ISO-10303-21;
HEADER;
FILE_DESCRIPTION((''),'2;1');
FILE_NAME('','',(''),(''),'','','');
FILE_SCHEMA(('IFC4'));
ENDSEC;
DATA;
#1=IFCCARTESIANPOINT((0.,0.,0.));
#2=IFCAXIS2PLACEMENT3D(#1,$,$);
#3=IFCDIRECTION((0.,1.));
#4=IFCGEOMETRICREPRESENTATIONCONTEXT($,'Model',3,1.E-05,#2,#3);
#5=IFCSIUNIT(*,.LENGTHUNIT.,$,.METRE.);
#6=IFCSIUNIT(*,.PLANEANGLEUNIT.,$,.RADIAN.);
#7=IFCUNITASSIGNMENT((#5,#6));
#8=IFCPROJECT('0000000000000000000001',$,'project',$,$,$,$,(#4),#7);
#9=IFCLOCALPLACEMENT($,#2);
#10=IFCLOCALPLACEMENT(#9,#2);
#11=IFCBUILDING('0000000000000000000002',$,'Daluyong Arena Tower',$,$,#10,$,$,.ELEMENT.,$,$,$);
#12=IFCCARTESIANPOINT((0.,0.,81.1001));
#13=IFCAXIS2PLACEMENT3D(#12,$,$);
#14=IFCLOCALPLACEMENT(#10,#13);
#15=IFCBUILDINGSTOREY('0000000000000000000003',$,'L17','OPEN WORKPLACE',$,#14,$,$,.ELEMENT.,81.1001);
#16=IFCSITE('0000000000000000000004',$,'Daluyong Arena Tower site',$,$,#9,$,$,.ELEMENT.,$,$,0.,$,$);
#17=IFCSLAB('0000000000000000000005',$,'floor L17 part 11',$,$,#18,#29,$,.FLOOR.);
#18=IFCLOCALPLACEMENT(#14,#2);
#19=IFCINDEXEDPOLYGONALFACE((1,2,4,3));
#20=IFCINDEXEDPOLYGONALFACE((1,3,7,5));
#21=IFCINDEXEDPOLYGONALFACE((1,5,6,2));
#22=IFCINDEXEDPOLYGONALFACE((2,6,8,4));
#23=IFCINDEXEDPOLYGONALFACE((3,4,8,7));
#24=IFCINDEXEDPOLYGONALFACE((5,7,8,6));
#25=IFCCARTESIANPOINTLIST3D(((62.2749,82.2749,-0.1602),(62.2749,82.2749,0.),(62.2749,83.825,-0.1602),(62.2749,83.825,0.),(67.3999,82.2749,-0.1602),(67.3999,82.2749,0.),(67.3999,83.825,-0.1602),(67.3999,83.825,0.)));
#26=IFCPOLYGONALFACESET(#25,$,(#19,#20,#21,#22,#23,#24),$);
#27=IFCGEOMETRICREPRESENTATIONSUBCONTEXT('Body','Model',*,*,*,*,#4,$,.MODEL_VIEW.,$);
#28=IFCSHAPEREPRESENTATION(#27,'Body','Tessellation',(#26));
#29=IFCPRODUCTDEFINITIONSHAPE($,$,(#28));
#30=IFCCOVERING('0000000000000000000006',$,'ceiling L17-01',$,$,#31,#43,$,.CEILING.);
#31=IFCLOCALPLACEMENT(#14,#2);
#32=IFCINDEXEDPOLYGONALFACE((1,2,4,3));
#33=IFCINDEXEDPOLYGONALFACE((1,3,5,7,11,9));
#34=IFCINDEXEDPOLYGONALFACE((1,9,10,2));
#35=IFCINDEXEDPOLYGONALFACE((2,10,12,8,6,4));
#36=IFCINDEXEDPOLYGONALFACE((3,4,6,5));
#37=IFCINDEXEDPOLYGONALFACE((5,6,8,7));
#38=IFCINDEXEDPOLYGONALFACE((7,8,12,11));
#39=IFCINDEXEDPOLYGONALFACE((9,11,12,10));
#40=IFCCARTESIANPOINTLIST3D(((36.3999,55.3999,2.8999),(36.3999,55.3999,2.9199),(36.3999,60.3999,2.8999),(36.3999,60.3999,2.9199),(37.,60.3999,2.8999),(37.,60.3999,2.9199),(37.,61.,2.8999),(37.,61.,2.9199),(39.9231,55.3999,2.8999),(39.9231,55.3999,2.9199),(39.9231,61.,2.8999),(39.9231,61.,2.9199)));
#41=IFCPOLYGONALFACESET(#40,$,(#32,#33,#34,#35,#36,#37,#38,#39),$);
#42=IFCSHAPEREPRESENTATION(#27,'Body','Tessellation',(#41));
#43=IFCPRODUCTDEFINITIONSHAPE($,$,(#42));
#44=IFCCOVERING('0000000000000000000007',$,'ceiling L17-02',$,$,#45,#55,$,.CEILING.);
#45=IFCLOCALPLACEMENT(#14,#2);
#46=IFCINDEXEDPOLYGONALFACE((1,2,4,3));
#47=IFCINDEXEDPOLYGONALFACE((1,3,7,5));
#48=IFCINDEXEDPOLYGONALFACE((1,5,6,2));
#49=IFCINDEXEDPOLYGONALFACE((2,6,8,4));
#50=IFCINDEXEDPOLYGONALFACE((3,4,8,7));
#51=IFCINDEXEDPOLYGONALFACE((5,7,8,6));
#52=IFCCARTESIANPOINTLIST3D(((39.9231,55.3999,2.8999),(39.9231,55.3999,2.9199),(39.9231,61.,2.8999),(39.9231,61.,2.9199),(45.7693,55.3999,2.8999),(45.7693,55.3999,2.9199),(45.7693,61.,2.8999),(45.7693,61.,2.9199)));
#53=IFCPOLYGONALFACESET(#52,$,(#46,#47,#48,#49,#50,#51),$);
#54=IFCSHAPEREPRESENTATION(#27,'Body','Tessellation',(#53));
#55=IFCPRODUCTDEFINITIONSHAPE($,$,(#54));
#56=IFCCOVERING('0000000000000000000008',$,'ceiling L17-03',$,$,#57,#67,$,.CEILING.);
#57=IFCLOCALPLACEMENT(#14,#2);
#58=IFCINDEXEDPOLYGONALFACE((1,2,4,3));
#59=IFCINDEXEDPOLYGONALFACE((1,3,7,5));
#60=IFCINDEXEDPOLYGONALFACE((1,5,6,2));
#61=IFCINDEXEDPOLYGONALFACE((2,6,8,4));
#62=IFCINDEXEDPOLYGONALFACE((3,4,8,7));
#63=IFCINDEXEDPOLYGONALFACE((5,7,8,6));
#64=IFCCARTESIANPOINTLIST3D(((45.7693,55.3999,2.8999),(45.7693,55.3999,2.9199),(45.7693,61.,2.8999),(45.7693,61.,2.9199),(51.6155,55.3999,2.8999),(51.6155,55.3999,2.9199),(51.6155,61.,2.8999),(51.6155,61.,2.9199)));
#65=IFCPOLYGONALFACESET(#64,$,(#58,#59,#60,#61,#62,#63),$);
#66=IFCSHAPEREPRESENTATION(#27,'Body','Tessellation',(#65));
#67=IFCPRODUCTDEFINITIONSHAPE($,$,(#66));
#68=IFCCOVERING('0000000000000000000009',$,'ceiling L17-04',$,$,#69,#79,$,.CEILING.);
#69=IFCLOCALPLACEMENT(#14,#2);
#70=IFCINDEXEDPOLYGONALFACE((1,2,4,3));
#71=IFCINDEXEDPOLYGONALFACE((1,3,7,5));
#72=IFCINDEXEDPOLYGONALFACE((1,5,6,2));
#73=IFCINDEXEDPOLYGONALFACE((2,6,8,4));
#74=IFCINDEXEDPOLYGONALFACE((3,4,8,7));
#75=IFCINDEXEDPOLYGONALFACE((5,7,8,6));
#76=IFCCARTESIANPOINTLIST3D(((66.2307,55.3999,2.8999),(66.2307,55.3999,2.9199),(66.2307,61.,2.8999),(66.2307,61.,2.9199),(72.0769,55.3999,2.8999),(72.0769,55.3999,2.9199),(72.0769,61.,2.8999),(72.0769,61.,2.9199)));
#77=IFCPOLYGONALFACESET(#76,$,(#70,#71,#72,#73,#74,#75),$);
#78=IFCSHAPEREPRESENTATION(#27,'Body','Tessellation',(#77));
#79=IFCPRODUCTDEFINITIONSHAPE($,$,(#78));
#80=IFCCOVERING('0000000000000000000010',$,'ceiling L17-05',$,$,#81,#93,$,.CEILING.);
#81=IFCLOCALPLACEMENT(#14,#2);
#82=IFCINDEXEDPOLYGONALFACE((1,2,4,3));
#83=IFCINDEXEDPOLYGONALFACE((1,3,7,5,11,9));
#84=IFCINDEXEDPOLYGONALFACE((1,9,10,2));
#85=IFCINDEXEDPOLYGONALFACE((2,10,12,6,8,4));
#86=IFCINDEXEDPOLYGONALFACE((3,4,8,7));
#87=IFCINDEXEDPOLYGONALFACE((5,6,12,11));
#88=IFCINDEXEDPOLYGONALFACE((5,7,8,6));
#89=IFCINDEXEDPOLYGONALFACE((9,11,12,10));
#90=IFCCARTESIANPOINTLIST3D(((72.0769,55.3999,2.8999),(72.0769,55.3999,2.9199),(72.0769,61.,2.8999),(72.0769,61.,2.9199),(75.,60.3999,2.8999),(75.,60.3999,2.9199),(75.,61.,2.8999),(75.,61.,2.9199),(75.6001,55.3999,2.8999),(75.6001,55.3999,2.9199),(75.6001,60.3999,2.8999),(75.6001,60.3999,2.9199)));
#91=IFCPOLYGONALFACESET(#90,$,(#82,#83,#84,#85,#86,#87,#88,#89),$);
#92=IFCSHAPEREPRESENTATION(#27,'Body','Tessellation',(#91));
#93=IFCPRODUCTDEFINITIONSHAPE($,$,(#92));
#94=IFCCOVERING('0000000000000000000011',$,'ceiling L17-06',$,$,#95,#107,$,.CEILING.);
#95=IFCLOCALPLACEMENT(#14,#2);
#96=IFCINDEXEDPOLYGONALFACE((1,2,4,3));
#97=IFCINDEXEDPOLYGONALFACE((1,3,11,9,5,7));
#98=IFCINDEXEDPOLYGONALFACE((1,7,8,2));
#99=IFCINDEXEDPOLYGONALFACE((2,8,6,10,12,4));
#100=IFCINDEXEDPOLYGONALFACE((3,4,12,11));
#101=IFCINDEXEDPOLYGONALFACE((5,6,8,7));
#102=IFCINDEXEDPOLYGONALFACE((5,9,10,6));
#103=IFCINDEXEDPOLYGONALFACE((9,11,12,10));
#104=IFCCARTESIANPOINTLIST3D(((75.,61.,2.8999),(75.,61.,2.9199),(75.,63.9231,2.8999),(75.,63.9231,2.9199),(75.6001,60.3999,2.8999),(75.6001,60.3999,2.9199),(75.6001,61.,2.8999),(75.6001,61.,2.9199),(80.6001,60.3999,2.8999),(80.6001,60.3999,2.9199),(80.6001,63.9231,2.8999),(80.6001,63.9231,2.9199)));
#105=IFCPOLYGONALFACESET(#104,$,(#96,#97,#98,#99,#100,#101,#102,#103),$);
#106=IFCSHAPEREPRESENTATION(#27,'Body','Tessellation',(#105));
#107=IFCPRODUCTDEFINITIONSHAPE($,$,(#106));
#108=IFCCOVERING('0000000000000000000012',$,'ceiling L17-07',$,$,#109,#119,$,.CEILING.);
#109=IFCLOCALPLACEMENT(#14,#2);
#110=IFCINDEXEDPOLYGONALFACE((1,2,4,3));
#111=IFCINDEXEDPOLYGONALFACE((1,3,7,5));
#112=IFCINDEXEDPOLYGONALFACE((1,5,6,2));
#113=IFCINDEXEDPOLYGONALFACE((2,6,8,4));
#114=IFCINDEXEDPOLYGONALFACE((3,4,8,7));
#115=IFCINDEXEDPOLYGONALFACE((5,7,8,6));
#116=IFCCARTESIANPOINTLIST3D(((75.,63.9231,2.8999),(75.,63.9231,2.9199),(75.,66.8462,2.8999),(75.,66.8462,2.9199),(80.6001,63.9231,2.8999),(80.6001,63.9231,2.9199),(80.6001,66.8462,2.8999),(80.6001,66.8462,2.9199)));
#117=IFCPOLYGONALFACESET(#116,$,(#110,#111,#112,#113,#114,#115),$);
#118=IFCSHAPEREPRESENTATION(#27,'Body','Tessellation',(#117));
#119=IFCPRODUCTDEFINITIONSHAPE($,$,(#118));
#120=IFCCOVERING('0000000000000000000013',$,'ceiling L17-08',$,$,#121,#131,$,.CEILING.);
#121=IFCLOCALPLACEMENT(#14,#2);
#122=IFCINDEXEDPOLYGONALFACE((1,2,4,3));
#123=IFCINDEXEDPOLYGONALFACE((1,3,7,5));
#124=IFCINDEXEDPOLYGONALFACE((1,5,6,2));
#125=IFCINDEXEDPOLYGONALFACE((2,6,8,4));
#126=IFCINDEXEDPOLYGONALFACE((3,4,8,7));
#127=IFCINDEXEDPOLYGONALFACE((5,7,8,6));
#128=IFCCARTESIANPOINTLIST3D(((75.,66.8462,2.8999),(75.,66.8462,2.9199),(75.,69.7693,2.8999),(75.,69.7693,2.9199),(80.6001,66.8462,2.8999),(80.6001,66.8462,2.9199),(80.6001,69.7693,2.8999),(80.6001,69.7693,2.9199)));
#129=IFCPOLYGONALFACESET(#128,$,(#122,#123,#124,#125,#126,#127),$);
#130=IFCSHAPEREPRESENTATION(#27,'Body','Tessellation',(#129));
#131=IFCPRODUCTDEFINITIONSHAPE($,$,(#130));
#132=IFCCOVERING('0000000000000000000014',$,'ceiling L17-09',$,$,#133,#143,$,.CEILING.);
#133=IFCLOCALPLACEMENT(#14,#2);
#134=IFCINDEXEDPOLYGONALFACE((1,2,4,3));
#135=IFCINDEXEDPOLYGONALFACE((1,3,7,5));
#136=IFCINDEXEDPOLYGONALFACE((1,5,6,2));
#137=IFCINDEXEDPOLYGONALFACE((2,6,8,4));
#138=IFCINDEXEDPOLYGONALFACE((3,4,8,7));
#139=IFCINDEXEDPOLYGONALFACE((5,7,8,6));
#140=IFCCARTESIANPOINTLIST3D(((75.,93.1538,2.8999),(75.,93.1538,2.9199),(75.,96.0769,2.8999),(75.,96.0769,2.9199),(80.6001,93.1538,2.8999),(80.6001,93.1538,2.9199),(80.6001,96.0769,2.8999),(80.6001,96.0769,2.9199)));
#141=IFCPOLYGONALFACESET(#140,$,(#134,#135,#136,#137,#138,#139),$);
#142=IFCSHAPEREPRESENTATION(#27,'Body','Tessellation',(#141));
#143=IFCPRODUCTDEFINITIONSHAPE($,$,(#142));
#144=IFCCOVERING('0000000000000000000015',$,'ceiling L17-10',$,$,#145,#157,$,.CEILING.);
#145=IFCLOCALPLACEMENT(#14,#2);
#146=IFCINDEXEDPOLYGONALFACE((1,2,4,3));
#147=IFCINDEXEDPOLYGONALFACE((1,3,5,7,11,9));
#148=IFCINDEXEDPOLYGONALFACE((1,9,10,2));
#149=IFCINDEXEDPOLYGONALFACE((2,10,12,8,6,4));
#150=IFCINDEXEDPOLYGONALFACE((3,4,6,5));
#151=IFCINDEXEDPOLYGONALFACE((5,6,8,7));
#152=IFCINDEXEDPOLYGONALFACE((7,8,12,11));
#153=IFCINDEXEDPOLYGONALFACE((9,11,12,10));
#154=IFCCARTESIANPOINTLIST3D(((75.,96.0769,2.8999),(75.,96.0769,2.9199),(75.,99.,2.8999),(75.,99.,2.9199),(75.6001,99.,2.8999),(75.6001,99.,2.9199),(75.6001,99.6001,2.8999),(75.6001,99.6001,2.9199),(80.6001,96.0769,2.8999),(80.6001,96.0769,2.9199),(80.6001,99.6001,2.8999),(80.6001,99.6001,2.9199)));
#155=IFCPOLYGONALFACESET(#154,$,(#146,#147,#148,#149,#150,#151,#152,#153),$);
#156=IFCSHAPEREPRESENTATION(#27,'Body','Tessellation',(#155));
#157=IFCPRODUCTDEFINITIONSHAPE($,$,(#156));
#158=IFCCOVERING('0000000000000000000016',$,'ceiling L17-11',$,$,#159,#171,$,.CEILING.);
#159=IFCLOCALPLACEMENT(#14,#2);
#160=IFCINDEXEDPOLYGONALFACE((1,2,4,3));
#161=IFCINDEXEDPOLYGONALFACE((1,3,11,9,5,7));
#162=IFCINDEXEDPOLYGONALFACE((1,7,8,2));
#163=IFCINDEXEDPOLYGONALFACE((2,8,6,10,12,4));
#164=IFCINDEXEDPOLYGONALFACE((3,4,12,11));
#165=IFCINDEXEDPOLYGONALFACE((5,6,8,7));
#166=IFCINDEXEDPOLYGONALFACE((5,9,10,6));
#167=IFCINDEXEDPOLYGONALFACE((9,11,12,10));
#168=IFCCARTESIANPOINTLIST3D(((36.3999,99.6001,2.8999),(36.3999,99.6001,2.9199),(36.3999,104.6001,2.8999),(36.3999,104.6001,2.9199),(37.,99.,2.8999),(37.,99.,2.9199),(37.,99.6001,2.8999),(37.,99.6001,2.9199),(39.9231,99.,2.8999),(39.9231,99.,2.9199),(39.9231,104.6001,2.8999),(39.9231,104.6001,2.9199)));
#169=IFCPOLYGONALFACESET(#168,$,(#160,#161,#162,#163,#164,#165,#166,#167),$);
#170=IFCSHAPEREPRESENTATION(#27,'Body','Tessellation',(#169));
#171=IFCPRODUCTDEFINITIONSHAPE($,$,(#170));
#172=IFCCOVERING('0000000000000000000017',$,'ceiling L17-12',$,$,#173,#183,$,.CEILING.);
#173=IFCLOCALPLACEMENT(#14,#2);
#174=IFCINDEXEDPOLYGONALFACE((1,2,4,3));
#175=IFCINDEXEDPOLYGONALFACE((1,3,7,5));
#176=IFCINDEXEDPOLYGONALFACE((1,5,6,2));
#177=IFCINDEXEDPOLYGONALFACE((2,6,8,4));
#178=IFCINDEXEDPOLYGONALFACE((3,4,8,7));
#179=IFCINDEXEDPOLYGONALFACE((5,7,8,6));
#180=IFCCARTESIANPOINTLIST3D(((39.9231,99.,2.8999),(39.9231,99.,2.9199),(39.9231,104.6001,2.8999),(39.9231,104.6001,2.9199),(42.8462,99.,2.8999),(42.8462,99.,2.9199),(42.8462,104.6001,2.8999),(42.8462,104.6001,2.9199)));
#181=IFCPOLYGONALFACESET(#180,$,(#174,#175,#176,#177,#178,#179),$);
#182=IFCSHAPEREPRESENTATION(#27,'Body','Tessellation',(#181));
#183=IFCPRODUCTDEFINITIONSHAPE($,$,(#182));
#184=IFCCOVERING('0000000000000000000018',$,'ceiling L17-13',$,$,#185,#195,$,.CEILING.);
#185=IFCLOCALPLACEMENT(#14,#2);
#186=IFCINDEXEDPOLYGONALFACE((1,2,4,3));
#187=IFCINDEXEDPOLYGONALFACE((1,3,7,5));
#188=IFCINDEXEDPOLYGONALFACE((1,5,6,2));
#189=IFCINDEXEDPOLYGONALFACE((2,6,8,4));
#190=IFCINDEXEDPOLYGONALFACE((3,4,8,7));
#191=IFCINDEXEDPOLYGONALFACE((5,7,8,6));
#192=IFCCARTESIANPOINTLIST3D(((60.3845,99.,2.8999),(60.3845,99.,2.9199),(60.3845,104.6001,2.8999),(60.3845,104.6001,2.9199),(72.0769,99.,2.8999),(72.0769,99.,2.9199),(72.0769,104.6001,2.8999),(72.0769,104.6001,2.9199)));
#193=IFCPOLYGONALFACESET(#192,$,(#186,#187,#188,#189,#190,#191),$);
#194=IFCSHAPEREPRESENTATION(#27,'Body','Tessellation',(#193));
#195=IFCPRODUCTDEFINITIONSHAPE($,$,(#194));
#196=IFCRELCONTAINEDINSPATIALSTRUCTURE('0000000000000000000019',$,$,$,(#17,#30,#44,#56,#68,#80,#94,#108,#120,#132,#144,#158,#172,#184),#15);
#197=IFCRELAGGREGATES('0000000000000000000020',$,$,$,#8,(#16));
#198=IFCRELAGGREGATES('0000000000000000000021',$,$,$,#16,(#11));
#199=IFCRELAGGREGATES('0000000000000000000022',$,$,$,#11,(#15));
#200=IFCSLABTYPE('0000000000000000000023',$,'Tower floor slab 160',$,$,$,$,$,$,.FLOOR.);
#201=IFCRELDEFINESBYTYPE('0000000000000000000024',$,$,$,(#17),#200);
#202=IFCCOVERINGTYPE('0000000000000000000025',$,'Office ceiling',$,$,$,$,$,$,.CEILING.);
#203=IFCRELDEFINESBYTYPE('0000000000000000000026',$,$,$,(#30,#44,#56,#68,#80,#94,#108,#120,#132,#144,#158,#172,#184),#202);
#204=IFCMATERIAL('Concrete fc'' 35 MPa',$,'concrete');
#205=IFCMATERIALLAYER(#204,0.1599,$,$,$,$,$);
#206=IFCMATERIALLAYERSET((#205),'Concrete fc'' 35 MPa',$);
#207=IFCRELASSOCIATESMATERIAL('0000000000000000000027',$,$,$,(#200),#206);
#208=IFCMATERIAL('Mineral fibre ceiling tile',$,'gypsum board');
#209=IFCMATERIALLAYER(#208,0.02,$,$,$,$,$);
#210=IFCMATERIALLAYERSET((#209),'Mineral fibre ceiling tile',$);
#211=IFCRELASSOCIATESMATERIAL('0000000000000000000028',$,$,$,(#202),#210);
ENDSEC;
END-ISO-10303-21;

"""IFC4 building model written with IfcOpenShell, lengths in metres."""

from ifc_helpers import new_model, si_unit, direction, frame, origin, place, context, subcontext, project, spatial, polyline, outline, extrude, material, layer, layer_set, type_object, element, save


model = new_model("IFC4")

# Units and contexts
model_context = context("Model", 3, precision=1e-05, world=origin(), true_north=direction((0.0, 1.0)))
body_context = subcontext(model_context, "Body", "Model", "MODEL_VIEW")
ifc_project = project(units=[si_unit("LENGTHUNIT", "METRE"), si_unit("PLANEANGLEUNIT", "RADIAN")], contexts=[model_context])

# Site, building, storey
site_placement = place(None, origin())
site = spatial("IfcSite", under=ifc_project, at=site_placement, Name="Daluyong Arena Tower site", CompositionType="ELEMENT", RefElevation=0.0)
building_placement = place(site_placement, origin())
building = spatial("IfcBuilding", under=site, at=building_placement, Name="Daluyong Arena Tower", CompositionType="ELEMENT")
storey_placement = place(building_placement, frame((0.0, 0.0, 81.1001)))
storey = spatial("IfcBuildingStorey", under=building, at=storey_placement, Name="L17", Description="OPEN WORKPLACE", CompositionType="ELEMENT", Elevation=81.1001)

# Slab
ifc_material_1 = material(Name="Concrete fc' 35 MPa", Category="concrete")
ifc_layer_1 = layer(ifc_material_1, 0.1599)
ifc_layer_set_1 = layer_set([ifc_layer_1], Name="Concrete fc' 35 MPa")
slab_type_1 = type_object("IfcSlabType", Name="Tower floor slab 160", PredefinedType="FLOOR", material=ifc_layer_set_1)
slab_1_placement = place(storey_placement, frame((0.0, 0.0, -0.1602)))
element("IfcSlab", 1, at=slab_1_placement, inside=storey, type_object=slab_type_1, Name="floor L17 part 11", PredefinedType="FLOOR", context=body_context, shape_type="SweptSolid", body=[
    extrude(outline(polyline([(67.3999, 82.2749), (67.3999, 83.825), (62.2749, 83.825), (62.2749, 82.2749), (67.3999, 82.2749)])), origin(), (0.0, 0.0, 1.0), 0.1602),
])

# Coverings
ifc_material_2 = material(Name="Mineral fibre ceiling tile", Category="gypsum board")
ifc_layer_2 = layer(ifc_material_2, 0.02)
ifc_layer_set_2 = layer_set([ifc_layer_2], Name="Mineral fibre ceiling tile")
covering_type = type_object("IfcCoveringType", Name="Office ceiling", PredefinedType="CEILING", material=ifc_layer_set_2)
covering_1_placement = place(storey_placement, frame((0.0, 0.0, 2.8999)))
element("IfcCovering", 2, at=covering_1_placement, inside=storey, type_object=covering_type, Name="ceiling L17-01", PredefinedType="CEILING", context=body_context, shape_type="SweptSolid", body=[
    extrude(outline(polyline([(36.3999, 60.3999), (36.3999, 55.3999), (39.9231, 55.3999), (39.9231, 61.0), (37.0, 61.0), (37.0, 60.3999), (36.3999, 60.3999)])), origin(), (0.0, 0.0, 1.0), 0.02),
])
covering_2_placement = place(storey_placement, frame((0.0, 0.0, 2.8999)))
element("IfcCovering", 3, at=covering_2_placement, inside=storey, type_object=covering_type, Name="ceiling L17-02", PredefinedType="CEILING", context=body_context, shape_type="SweptSolid", body=[
    extrude(outline(polyline([(39.9231, 61.0), (39.9231, 55.3999), (45.7693, 55.3999), (45.7693, 61.0), (39.9231, 61.0)])), origin(), (0.0, 0.0, 1.0), 0.02),
])
covering_3_placement = place(storey_placement, frame((0.0, 0.0, 2.8999)))
element("IfcCovering", 4, at=covering_3_placement, inside=storey, type_object=covering_type, Name="ceiling L17-03", PredefinedType="CEILING", context=body_context, shape_type="SweptSolid", body=[
    extrude(outline(polyline([(45.7693, 61.0), (45.7693, 55.3999), (51.6155, 55.3999), (51.6155, 61.0), (45.7693, 61.0)])), origin(), (0.0, 0.0, 1.0), 0.02),
])
covering_4_placement = place(storey_placement, frame((0.0, 0.0, 2.8999)))
element("IfcCovering", 5, at=covering_4_placement, inside=storey, type_object=covering_type, Name="ceiling L17-04", PredefinedType="CEILING", context=body_context, shape_type="SweptSolid", body=[
    extrude(outline(polyline([(66.2307, 61.0), (66.2307, 55.3999), (72.0769, 55.3999), (72.0769, 61.0), (66.2307, 61.0)])), origin(), (0.0, 0.0, 1.0), 0.02),
])
covering_5_placement = place(storey_placement, frame((0.0, 0.0, 2.8999)))
element("IfcCovering", 6, at=covering_5_placement, inside=storey, type_object=covering_type, Name="ceiling L17-05", PredefinedType="CEILING", context=body_context, shape_type="SweptSolid", body=[
    extrude(outline(polyline([(75.6001, 55.3999), (75.6001, 60.3999), (75.0, 60.3999), (75.0, 61.0), (72.0769, 61.0), (72.0769, 55.3999), (75.6001, 55.3999)])), origin(), (0.0, 0.0, 1.0), 0.02),
])
covering_6_placement = place(storey_placement, frame((0.0, 0.0, 2.8999)))
element("IfcCovering", 7, at=covering_6_placement, inside=storey, type_object=covering_type, Name="ceiling L17-06", PredefinedType="CEILING", context=body_context, shape_type="SweptSolid", body=[
    extrude(outline(polyline([(75.6001, 60.3999), (80.6001, 60.3999), (80.6001, 63.9231), (75.0, 63.9231), (75.0, 61.0), (75.6001, 61.0), (75.6001, 60.3999)])), origin(), (0.0, 0.0, 1.0), 0.02),
])
covering_7_placement = place(storey_placement, frame((0.0, 0.0, 2.8999)))
element("IfcCovering", 8, at=covering_7_placement, inside=storey, type_object=covering_type, Name="ceiling L17-07", PredefinedType="CEILING", context=body_context, shape_type="SweptSolid", body=[
    extrude(outline(polyline([(75.0, 63.9231), (80.6001, 63.9231), (80.6001, 66.8462), (75.0, 66.8462), (75.0, 63.9231)])), origin(), (0.0, 0.0, 1.0), 0.02),
])
covering_8_placement = place(storey_placement, frame((0.0, 0.0, 2.8999)))
element("IfcCovering", 9, at=covering_8_placement, inside=storey, type_object=covering_type, Name="ceiling L17-08", PredefinedType="CEILING", context=body_context, shape_type="SweptSolid", body=[
    extrude(outline(polyline([(75.0, 66.8462), (80.6001, 66.8462), (80.6001, 69.7693), (75.0, 69.7693), (75.0, 66.8462)])), origin(), (0.0, 0.0, 1.0), 0.02),
])
covering_9_placement = place(storey_placement, frame((0.0, 0.0, 2.8999)))
element("IfcCovering", 10, at=covering_9_placement, inside=storey, type_object=covering_type, Name="ceiling L17-09", PredefinedType="CEILING", context=body_context, shape_type="SweptSolid", body=[
    extrude(outline(polyline([(75.0, 93.1538), (80.6001, 93.1538), (80.6001, 96.0769), (75.0, 96.0769), (75.0, 93.1538)])), origin(), (0.0, 0.0, 1.0), 0.02),
])
covering_10_placement = place(storey_placement, frame((0.0, 0.0, 2.8999)))
element("IfcCovering", 11, at=covering_10_placement, inside=storey, type_object=covering_type, Name="ceiling L17-10", PredefinedType="CEILING", context=body_context, shape_type="SweptSolid", body=[
    extrude(outline(polyline([(75.0, 96.0769), (80.6001, 96.0769), (80.6001, 99.6001), (75.6001, 99.6001), (75.6001, 99.0), (75.0, 99.0), (75.0, 96.0769)])), origin(), (0.0, 0.0, 1.0), 0.02),
])
covering_11_placement = place(storey_placement, frame((0.0, 0.0, 2.8999)))
element("IfcCovering", 12, at=covering_11_placement, inside=storey, type_object=covering_type, Name="ceiling L17-11", PredefinedType="CEILING", context=body_context, shape_type="SweptSolid", body=[
    extrude(outline(polyline([(39.9231, 99.0), (39.9231, 104.6001), (36.3999, 104.6001), (36.3999, 99.6001), (37.0, 99.6001), (37.0, 99.0), (39.9231, 99.0)])), origin(), (0.0, 0.0, 1.0), 0.02),
])
covering_12_placement = place(storey_placement, frame((0.0, 0.0, 2.8999)))
element("IfcCovering", 13, at=covering_12_placement, inside=storey, type_object=covering_type, Name="ceiling L17-12", PredefinedType="CEILING", context=body_context, shape_type="SweptSolid", body=[
    extrude(outline(polyline([(42.8462, 99.0), (42.8462, 104.6001), (39.9231, 104.6001), (39.9231, 99.0), (42.8462, 99.0)])), origin(), (0.0, 0.0, 1.0), 0.02),
])
covering_13_placement = place(storey_placement, frame((0.0, 0.0, 2.8999)))
element("IfcCovering", 14, at=covering_13_placement, inside=storey, type_object=covering_type, Name="ceiling L17-13", PredefinedType="CEILING", context=body_context, shape_type="SweptSolid", body=[
    extrude(outline(polyline([(72.0769, 99.0), (72.0769, 104.6001), (60.3845, 104.6001), (60.3845, 99.0), (72.0769, 99.0)])), origin(), (0.0, 0.0, 1.0), 0.02),
])

save(model, "model.ifc")
